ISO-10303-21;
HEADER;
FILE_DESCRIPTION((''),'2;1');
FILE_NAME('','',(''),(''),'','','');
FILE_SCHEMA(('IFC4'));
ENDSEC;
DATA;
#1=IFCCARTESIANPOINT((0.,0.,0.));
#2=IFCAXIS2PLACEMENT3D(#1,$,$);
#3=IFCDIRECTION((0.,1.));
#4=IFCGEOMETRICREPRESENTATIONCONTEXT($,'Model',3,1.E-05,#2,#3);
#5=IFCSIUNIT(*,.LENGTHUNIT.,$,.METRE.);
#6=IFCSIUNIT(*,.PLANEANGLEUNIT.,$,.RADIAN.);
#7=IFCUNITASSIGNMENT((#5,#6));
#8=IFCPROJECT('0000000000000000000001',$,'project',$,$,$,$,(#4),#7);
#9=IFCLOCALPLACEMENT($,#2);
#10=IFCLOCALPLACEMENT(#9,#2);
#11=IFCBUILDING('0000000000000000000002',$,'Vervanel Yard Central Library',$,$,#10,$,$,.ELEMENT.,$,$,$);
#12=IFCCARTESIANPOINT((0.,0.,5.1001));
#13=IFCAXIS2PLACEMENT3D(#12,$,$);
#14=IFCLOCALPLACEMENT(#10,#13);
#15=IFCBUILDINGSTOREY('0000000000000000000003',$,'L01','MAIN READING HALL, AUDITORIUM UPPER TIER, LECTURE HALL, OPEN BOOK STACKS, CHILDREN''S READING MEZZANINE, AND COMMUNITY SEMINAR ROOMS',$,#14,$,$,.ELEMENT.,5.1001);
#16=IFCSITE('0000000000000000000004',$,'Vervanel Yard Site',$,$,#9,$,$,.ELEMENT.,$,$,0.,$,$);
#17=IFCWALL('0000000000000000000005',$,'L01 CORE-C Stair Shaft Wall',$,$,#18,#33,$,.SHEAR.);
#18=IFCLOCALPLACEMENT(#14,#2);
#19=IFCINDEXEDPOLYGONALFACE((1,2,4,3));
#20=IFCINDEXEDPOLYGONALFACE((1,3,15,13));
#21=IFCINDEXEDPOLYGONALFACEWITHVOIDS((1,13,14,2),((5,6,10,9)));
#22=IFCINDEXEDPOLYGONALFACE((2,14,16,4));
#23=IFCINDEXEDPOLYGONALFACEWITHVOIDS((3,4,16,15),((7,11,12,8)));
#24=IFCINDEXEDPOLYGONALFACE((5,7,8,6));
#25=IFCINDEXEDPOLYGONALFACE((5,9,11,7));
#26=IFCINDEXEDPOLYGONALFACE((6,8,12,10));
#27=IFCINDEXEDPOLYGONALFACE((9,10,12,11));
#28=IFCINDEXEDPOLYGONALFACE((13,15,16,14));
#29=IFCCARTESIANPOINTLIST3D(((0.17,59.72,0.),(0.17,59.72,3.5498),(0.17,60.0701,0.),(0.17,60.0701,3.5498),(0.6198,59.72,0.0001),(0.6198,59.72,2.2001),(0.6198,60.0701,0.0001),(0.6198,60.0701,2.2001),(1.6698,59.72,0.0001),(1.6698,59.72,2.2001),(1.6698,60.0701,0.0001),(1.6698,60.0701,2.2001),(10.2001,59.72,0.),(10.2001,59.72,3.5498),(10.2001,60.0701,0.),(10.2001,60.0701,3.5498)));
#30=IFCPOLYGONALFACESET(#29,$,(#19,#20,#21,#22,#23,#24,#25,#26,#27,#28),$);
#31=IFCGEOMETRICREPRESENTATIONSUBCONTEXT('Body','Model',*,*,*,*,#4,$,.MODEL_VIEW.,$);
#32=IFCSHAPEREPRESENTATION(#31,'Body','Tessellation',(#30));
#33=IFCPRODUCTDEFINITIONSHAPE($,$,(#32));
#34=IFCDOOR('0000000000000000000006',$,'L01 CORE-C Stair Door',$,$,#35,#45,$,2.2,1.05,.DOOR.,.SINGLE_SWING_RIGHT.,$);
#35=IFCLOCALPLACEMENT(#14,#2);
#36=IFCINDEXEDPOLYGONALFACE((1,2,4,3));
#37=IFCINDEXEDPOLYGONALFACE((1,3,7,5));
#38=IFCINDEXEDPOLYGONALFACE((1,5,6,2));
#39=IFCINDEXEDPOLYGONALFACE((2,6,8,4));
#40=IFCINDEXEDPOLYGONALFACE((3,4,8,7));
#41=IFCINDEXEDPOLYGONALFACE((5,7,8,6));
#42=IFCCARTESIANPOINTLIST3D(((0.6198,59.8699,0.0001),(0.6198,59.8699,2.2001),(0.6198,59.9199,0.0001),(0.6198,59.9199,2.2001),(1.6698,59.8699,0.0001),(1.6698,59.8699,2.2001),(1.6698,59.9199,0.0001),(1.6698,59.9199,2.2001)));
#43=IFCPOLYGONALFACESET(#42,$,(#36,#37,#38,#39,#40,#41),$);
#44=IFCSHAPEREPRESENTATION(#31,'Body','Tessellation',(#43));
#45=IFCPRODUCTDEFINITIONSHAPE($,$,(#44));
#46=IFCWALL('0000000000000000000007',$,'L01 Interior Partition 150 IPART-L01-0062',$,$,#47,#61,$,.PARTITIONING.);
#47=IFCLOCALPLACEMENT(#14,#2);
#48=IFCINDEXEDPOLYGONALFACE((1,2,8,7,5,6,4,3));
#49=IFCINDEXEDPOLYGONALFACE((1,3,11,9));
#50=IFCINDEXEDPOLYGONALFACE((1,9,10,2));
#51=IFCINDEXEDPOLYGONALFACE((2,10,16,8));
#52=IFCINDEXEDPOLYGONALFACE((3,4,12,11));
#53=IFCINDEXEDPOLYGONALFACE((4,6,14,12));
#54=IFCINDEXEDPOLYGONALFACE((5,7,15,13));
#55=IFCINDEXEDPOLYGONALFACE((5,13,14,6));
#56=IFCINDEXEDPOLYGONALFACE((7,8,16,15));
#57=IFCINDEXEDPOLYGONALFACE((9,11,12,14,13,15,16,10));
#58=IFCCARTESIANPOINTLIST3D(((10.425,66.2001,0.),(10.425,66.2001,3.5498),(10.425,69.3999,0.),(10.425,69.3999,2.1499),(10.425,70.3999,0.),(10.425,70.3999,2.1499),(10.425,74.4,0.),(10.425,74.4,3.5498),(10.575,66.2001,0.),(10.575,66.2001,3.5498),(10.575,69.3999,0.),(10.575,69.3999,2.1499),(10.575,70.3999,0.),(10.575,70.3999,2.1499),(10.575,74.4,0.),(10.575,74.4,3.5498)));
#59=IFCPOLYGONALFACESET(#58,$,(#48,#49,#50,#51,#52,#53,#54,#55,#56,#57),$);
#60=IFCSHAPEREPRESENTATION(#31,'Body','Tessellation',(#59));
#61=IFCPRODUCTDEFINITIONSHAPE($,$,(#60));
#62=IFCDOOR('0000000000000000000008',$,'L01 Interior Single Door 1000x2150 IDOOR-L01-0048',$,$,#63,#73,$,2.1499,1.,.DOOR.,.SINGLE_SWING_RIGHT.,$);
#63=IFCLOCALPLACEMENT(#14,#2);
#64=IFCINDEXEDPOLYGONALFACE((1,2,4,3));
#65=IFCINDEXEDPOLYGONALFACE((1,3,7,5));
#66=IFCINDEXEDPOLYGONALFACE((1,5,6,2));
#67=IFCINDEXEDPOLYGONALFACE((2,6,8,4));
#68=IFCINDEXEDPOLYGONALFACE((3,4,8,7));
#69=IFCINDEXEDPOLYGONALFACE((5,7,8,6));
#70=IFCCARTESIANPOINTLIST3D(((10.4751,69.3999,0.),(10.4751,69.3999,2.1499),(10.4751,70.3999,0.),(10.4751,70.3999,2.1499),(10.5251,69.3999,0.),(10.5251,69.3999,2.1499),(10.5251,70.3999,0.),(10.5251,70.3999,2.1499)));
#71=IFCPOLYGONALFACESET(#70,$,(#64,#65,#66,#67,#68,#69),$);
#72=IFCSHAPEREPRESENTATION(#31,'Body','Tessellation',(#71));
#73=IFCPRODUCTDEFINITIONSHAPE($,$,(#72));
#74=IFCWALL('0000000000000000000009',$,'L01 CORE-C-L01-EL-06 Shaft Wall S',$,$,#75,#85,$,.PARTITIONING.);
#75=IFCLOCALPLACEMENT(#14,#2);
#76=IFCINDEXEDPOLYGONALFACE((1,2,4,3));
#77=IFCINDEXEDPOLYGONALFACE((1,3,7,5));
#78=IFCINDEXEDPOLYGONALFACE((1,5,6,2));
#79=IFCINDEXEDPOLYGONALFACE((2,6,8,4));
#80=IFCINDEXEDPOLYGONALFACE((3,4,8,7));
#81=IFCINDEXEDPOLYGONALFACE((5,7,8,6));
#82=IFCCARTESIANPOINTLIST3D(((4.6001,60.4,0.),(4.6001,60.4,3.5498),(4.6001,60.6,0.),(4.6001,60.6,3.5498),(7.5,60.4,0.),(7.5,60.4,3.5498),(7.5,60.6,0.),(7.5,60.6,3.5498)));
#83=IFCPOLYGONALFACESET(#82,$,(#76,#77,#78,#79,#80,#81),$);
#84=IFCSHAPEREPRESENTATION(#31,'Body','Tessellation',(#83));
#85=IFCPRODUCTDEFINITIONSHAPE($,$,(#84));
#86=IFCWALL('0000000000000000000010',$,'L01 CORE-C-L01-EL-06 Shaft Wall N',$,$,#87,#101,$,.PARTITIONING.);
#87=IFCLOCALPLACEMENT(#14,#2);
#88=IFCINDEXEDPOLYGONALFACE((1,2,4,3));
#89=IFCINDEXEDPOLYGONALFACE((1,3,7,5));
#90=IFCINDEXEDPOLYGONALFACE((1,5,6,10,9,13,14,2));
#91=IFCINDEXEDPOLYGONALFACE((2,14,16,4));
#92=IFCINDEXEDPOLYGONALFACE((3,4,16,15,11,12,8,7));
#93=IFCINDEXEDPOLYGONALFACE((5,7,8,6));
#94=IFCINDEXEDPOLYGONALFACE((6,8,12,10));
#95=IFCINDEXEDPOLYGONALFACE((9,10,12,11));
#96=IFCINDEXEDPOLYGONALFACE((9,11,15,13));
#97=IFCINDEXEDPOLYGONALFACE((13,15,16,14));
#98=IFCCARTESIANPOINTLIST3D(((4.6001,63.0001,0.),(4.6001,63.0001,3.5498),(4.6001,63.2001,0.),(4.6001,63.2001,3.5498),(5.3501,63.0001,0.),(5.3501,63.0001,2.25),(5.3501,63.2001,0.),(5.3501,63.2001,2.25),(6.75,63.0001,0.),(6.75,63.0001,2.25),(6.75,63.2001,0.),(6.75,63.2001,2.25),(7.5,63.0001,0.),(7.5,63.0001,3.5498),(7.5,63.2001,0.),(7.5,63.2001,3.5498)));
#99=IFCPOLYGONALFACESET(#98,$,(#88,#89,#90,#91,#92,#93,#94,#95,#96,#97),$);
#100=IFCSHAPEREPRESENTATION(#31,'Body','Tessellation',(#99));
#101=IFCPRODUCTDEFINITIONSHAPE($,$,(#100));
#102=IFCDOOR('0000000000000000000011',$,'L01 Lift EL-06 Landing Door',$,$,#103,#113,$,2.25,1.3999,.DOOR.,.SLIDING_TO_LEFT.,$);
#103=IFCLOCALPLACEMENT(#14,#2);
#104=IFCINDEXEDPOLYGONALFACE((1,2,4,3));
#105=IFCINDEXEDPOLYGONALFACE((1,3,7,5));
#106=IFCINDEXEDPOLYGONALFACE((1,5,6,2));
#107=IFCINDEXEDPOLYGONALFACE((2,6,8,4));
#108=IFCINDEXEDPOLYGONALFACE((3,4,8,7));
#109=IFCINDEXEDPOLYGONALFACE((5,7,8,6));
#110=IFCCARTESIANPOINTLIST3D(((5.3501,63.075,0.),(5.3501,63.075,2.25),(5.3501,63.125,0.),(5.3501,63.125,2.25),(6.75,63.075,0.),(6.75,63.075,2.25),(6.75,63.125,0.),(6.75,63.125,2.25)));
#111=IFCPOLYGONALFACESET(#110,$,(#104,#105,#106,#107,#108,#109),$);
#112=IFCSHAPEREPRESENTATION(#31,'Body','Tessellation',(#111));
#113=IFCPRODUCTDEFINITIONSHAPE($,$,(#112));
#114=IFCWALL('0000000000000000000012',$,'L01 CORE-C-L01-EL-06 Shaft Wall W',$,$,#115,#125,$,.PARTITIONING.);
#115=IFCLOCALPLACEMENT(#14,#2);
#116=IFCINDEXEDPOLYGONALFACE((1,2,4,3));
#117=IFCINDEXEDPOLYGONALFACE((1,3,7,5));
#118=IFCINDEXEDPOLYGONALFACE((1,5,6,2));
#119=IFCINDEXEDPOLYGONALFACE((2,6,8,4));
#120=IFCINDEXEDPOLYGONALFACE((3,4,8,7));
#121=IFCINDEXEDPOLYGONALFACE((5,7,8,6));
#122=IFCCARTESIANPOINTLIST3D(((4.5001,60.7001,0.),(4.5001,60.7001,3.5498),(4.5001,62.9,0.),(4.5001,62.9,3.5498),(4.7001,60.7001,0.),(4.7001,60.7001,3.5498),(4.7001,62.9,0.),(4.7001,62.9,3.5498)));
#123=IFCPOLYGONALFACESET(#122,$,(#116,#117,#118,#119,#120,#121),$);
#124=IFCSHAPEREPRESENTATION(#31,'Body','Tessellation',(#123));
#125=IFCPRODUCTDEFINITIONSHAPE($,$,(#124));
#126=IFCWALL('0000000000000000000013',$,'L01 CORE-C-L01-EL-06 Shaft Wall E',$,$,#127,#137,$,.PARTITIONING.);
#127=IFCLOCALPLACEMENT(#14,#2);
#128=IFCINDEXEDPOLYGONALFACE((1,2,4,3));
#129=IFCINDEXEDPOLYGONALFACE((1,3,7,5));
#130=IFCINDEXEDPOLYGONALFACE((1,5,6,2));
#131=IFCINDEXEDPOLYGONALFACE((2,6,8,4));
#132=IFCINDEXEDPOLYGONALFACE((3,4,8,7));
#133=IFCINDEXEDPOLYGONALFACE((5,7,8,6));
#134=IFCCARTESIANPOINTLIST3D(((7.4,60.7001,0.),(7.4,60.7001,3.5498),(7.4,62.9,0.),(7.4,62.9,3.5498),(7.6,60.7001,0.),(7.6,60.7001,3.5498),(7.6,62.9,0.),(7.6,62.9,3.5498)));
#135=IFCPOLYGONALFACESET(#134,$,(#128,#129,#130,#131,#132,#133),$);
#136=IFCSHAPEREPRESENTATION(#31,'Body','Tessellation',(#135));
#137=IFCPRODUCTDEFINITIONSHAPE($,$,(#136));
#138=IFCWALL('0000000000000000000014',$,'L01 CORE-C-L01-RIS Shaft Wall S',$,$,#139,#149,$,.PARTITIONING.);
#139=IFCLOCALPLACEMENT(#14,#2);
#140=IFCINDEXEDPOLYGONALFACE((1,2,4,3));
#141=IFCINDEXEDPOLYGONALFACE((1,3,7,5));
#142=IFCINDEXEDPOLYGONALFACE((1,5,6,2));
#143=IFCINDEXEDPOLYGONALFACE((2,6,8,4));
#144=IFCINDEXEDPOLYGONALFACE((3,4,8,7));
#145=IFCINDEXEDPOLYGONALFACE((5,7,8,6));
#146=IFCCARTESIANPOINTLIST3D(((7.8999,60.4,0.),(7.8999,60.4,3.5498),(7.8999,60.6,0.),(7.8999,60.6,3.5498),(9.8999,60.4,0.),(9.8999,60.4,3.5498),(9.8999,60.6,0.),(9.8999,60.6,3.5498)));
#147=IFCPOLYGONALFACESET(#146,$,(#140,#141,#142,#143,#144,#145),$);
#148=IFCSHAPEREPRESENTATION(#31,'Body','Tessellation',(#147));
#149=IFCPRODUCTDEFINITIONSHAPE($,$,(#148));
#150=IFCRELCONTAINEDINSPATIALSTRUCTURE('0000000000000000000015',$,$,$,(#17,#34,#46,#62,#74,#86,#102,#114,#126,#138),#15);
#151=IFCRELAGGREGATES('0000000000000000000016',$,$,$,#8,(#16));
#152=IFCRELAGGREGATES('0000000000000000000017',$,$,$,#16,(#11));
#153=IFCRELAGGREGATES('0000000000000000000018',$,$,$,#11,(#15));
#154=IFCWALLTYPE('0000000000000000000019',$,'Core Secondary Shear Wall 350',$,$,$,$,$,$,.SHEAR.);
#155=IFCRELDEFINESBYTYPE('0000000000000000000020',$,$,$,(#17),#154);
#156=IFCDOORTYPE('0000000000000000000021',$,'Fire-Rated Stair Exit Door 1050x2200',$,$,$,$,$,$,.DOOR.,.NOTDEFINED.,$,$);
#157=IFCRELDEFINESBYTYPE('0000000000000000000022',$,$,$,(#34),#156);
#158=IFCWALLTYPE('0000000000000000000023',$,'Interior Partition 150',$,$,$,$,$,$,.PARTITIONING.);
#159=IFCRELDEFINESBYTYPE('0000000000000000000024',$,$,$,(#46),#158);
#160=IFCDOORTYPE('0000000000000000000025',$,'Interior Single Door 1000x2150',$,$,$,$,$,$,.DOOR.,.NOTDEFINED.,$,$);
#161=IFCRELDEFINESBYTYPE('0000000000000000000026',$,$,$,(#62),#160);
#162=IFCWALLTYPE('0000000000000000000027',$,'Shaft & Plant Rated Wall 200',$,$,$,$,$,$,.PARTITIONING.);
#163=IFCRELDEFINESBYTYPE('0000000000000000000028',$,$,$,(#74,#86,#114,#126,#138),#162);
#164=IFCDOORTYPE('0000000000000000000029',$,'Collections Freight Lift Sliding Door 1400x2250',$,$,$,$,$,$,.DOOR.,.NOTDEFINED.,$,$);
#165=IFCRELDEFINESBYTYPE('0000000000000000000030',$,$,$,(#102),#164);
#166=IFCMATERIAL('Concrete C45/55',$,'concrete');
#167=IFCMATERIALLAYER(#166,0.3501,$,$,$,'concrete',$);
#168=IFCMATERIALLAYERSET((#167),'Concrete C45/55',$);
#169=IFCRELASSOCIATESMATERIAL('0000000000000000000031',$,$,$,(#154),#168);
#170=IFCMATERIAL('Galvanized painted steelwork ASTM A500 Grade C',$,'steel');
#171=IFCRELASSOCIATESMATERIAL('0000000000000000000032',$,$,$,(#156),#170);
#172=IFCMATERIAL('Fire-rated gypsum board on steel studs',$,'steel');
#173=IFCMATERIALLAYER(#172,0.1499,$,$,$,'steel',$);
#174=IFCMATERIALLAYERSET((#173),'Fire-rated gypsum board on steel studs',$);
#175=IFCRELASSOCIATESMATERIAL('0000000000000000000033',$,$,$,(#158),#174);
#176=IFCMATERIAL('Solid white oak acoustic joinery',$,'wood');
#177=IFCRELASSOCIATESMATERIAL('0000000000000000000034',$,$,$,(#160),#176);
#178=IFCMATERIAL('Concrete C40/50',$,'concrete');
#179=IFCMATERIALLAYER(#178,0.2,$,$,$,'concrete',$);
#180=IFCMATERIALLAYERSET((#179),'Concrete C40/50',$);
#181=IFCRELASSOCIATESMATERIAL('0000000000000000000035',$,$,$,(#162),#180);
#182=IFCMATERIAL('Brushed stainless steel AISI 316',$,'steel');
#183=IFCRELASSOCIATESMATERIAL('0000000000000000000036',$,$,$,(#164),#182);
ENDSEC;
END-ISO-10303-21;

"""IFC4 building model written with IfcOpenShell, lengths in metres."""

from ifc_helpers import new_model, si_unit, direction, frame, frame_2d, origin, place, context, subcontext, project, spatial, rectangle, extrude, material, layer, layer_set, type_object, element, fill, save


model = new_model("IFC4")

# Units and contexts
model_context = context("Model", 3, precision=1e-05, world=origin(), true_north=direction((0.0, 1.0)))
body_context = subcontext(model_context, "Body", "Model", "MODEL_VIEW")
ifc_project = project(units=[si_unit("LENGTHUNIT", "METRE"), si_unit("PLANEANGLEUNIT", "RADIAN")], contexts=[model_context])

# Site, building, storey
site_placement = place(None, origin())
site = spatial("IfcSite", under=ifc_project, at=site_placement, Name="Vervanel Yard Site", CompositionType="ELEMENT", RefElevation=0.0)
building_placement = place(site_placement, origin())
building = spatial("IfcBuilding", under=site, at=building_placement, Name="Vervanel Yard Central Library", CompositionType="ELEMENT")
storey_placement = place(building_placement, frame((0.0, 0.0, 5.1001)))
storey = spatial("IfcBuildingStorey", under=building, at=storey_placement, Name="L01", Description="MAIN READING HALL, AUDITORIUM UPPER TIER, LECTURE HALL, OPEN BOOK STACKS, CHILDREN'S READING MEZZANINE, AND COMMUNITY SEMINAR ROOMS", CompositionType="ELEMENT", Elevation=5.1001)

# Shared definitions
ifc_material_1 = material(Name="Concrete C40/50", Category="concrete")

# Shared definitions
ifc_material_2 = material(Name="Concrete C45/55", Category="concrete")

# Walls, openings, doors
ifc_layer_1 = layer(ifc_material_2, 0.3501, Category="concrete")
ifc_layer_set_1 = layer_set([ifc_layer_1], Name="Concrete C45/55")
wall_type_1 = type_object("IfcWallType", Name="Core Secondary Shear Wall 350", PredefinedType="SHEAR", material=ifc_layer_set_1)
wall_1_placement = place(storey_placement, frame((0.1699, 59.895, 0.0), z_axis=(0.0, 0.0, 1.0), x_axis=(1.0, 0.0, 0.0)))
wall_1 = element("IfcWall", 1, at=wall_1_placement, inside=storey, type_object=wall_type_1, Name="L01 CORE-C Stair Shaft Wall", PredefinedType="SHEAR", context=body_context, shape_type="SweptSolid", body=[
    extrude(rectangle(XDim=10.03, YDim=0.3501, at=frame_2d((5.0151, 0.0))), origin(), (0.0, 0.0, 1.0), 3.5498),
])
opening_1_placement = place(wall_1_placement, frame((0.45, 0.0, 0.0)))
opening_1 = element("IfcOpeningElement", 2, at=opening_1_placement, cuts=wall_1, PredefinedType="OPENING", context=body_context, shape_type="SweptSolid", body=[
    extrude(rectangle(XDim=1.05, YDim=2.2, at=frame_2d((0.5249, 1.1001))), frame((0.0, 0.1851, 0.0), z_axis=(0.0, -1.0, 0.0), x_axis=(1.0, 0.0, 0.0)), (0.0, 0.0, 1.0), 0.3701),
])
ifc_material_3 = material(Name="Galvanized painted steelwork ASTM A500 Grade C", Category="steel")
door_type_1 = type_object("IfcDoorType", Name="Fire-Rated Stair Exit Door 1050x2200", OperationType="NOTDEFINED", PredefinedType="DOOR", material=ifc_material_3)
door_1_placement = place(opening_1_placement, origin())
door_1 = element("IfcDoor", 3, at=door_1_placement, inside=storey, type_object=door_type_1, Name="L01 CORE-C Stair Door", OperationType="SINGLE_SWING_RIGHT", OverallHeight=2.2, OverallWidth=1.05, PredefinedType="DOOR", context=body_context, shape_type="SweptSolid", body=[
    extrude(rectangle(XDim=1.05, YDim=2.2, at=frame_2d((0.5249, 1.1001))), frame((0.0, 0.0249, 0.0), z_axis=(0.0, -1.0, 0.0), x_axis=(1.0, 0.0, 0.0)), (0.0, 0.0, 1.0), 0.05),
])
fill(opening_1, door_1)
ifc_material_4 = material(Name="Fire-rated gypsum board on steel studs", Category="steel")
ifc_layer_2 = layer(ifc_material_4, 0.1499, Category="steel")
ifc_layer_set_2 = layer_set([ifc_layer_2], Name="Fire-rated gypsum board on steel studs")
wall_type_2 = type_object("IfcWallType", Name="Interior Partition 150", PredefinedType="PARTITIONING", material=ifc_layer_set_2)
wall_2_placement = place(storey_placement, frame((10.5, 66.2, 0.0), z_axis=(0.0, 0.0, 1.0), x_axis=(0.0, 1.0, 0.0)))
wall_2 = element("IfcWall", 4, at=wall_2_placement, inside=storey, type_object=wall_type_2, Name="L01 Interior Partition 150 IPART-L01-0062", PredefinedType="PARTITIONING", context=body_context, shape_type="SweptSolid", body=[
    extrude(rectangle(XDim=8.2, YDim=0.1499, at=frame_2d((4.1001, 0.0))), origin(), (0.0, 0.0, 1.0), 3.5498),
])
opening_2_placement = place(wall_2_placement, frame((3.2, 0.0, 0.0)))
opening_2 = element("IfcOpeningElement", 5, at=opening_2_placement, cuts=wall_2, PredefinedType="OPENING", context=body_context, shape_type="SweptSolid", body=[
    extrude(rectangle(XDim=1.0, YDim=2.1499, at=frame_2d((0.5, 1.075))), frame((0.0, 0.085, 0.0), z_axis=(0.0, -1.0, 0.0), x_axis=(1.0, 0.0, 0.0)), (0.0, 0.0, 1.0), 0.1699),
])
ifc_material_5 = material(Name="Solid white oak acoustic joinery", Category="wood")
door_type_2 = type_object("IfcDoorType", Name="Interior Single Door 1000x2150", OperationType="NOTDEFINED", PredefinedType="DOOR", material=ifc_material_5)
door_2_placement = place(opening_2_placement, origin())
door_2 = element("IfcDoor", 6, at=door_2_placement, inside=storey, type_object=door_type_2, Name="L01 Interior Single Door 1000x2150 IDOOR-L01-0048", OperationType="SINGLE_SWING_RIGHT", OverallHeight=2.1499, OverallWidth=1.0, PredefinedType="DOOR", context=body_context, shape_type="SweptSolid", body=[
    extrude(rectangle(XDim=1.0, YDim=2.1499, at=frame_2d((0.5, 1.075))), frame((0.0, 0.0249, 0.0), z_axis=(0.0, -1.0, 0.0), x_axis=(1.0, 0.0, 0.0)), (0.0, 0.0, 1.0), 0.05),
])
fill(opening_2, door_2)

# Wall
ifc_layer_3 = layer(ifc_material_1, 0.2, Category="concrete")
ifc_layer_set_3 = layer_set([ifc_layer_3], Name="Concrete C40/50")
wall_type_3 = type_object("IfcWallType", Name="Shaft & Plant Rated Wall 200", PredefinedType="PARTITIONING", material=ifc_layer_set_3)
wall_3_placement = place(storey_placement, frame((4.6001, 60.5, 0.0), z_axis=(0.0, 0.0, 1.0), x_axis=(1.0, 0.0, 0.0)))
element("IfcWall", 7, at=wall_3_placement, inside=storey, type_object=wall_type_3, Name="L01 CORE-C-L01-EL-06 Shaft Wall S", PredefinedType="PARTITIONING", context=body_context, shape_type="SweptSolid", body=[
    extrude(rectangle(XDim=2.8999, YDim=0.2, at=frame_2d((1.45, 0.0))), origin(), (0.0, 0.0, 1.0), 3.5498),
])

# Wall, opening, door
wall_4_placement = place(storey_placement, frame((4.6001, 63.1001, 0.0), z_axis=(0.0, 0.0, 1.0), x_axis=(1.0, 0.0, 0.0)))
wall_4 = element("IfcWall", 8, at=wall_4_placement, inside=storey, type_object=wall_type_3, Name="L01 CORE-C-L01-EL-06 Shaft Wall N", PredefinedType="PARTITIONING", context=body_context, shape_type="SweptSolid", body=[
    extrude(rectangle(XDim=2.8999, YDim=0.2, at=frame_2d((1.45, 0.0))), origin(), (0.0, 0.0, 1.0), 3.5498),
])
opening_3_placement = place(wall_4_placement, frame((0.75, 0.0, 0.0)))
opening_3 = element("IfcOpeningElement", 9, at=opening_3_placement, cuts=wall_4, PredefinedType="OPENING", context=body_context, shape_type="SweptSolid", body=[
    extrude(rectangle(XDim=1.3999, YDim=2.25, at=frame_2d((0.7, 1.125))), frame((0.0, 0.1099, 0.0), z_axis=(0.0, -1.0, 0.0), x_axis=(1.0, 0.0, 0.0)), (0.0, 0.0, 1.0), 0.22),
])
ifc_material_6 = material(Name="Brushed stainless steel AISI 316", Category="steel")
door_type_3 = type_object("IfcDoorType", Name="Collections Freight Lift Sliding Door 1400x2250", OperationType="NOTDEFINED", PredefinedType="DOOR", material=ifc_material_6)
door_3_placement = place(opening_3_placement, origin())
door_3 = element("IfcDoor", 10, at=door_3_placement, inside=storey, type_object=door_type_3, Name="L01 Lift EL-06 Landing Door", OperationType="SLIDING_TO_LEFT", OverallHeight=2.25, OverallWidth=1.3999, PredefinedType="DOOR", context=body_context, shape_type="SweptSolid", body=[
    extrude(rectangle(XDim=1.3999, YDim=2.25, at=frame_2d((0.7, 1.125))), frame((0.0, 0.0249, 0.0), z_axis=(0.0, -1.0, 0.0), x_axis=(1.0, 0.0, 0.0)), (0.0, 0.0, 1.0), 0.05),
])
fill(opening_3, door_3)

# Walls
for number, where, z_axis, x_axis, name in (
    (11, (4.6001, 60.7, 0.0), (0.0, 0.0, 1.0), (0.0, 1.0, 0.0), "L01 CORE-C-L01-EL-06 Shaft Wall W"),
    (12, (7.5, 60.7, 0.0), (0.0, 0.0, 1.0), (0.0, 1.0, 0.0), "L01 CORE-C-L01-EL-06 Shaft Wall E"),
):
    element("IfcWall", number, at=place(storey_placement, frame(where, z_axis=z_axis, x_axis=x_axis)), inside=storey, type_object=wall_type_3, Name=name, PredefinedType="PARTITIONING", context=body_context, shape_type="SweptSolid", body=[
        extrude(rectangle(XDim=2.2, YDim=0.2, at=frame_2d((1.1001, 0.0))), origin(), (0.0, 0.0, 1.0), 3.5498),
    ])
wall_5_placement = place(storey_placement, frame((7.8999, 60.5, 0.0), z_axis=(0.0, 0.0, 1.0), x_axis=(1.0, 0.0, 0.0)))
element("IfcWall", 13, at=wall_5_placement, inside=storey, type_object=wall_type_3, Name="L01 CORE-C-L01-RIS Shaft Wall S", PredefinedType="PARTITIONING", context=body_context, shape_type="SweptSolid", body=[
    extrude(rectangle(XDim=2.0, YDim=0.2, at=frame_2d((1.0, 0.0))), origin(), (0.0, 0.0, 1.0), 3.5498),
])

save(model, "model.ifc")
